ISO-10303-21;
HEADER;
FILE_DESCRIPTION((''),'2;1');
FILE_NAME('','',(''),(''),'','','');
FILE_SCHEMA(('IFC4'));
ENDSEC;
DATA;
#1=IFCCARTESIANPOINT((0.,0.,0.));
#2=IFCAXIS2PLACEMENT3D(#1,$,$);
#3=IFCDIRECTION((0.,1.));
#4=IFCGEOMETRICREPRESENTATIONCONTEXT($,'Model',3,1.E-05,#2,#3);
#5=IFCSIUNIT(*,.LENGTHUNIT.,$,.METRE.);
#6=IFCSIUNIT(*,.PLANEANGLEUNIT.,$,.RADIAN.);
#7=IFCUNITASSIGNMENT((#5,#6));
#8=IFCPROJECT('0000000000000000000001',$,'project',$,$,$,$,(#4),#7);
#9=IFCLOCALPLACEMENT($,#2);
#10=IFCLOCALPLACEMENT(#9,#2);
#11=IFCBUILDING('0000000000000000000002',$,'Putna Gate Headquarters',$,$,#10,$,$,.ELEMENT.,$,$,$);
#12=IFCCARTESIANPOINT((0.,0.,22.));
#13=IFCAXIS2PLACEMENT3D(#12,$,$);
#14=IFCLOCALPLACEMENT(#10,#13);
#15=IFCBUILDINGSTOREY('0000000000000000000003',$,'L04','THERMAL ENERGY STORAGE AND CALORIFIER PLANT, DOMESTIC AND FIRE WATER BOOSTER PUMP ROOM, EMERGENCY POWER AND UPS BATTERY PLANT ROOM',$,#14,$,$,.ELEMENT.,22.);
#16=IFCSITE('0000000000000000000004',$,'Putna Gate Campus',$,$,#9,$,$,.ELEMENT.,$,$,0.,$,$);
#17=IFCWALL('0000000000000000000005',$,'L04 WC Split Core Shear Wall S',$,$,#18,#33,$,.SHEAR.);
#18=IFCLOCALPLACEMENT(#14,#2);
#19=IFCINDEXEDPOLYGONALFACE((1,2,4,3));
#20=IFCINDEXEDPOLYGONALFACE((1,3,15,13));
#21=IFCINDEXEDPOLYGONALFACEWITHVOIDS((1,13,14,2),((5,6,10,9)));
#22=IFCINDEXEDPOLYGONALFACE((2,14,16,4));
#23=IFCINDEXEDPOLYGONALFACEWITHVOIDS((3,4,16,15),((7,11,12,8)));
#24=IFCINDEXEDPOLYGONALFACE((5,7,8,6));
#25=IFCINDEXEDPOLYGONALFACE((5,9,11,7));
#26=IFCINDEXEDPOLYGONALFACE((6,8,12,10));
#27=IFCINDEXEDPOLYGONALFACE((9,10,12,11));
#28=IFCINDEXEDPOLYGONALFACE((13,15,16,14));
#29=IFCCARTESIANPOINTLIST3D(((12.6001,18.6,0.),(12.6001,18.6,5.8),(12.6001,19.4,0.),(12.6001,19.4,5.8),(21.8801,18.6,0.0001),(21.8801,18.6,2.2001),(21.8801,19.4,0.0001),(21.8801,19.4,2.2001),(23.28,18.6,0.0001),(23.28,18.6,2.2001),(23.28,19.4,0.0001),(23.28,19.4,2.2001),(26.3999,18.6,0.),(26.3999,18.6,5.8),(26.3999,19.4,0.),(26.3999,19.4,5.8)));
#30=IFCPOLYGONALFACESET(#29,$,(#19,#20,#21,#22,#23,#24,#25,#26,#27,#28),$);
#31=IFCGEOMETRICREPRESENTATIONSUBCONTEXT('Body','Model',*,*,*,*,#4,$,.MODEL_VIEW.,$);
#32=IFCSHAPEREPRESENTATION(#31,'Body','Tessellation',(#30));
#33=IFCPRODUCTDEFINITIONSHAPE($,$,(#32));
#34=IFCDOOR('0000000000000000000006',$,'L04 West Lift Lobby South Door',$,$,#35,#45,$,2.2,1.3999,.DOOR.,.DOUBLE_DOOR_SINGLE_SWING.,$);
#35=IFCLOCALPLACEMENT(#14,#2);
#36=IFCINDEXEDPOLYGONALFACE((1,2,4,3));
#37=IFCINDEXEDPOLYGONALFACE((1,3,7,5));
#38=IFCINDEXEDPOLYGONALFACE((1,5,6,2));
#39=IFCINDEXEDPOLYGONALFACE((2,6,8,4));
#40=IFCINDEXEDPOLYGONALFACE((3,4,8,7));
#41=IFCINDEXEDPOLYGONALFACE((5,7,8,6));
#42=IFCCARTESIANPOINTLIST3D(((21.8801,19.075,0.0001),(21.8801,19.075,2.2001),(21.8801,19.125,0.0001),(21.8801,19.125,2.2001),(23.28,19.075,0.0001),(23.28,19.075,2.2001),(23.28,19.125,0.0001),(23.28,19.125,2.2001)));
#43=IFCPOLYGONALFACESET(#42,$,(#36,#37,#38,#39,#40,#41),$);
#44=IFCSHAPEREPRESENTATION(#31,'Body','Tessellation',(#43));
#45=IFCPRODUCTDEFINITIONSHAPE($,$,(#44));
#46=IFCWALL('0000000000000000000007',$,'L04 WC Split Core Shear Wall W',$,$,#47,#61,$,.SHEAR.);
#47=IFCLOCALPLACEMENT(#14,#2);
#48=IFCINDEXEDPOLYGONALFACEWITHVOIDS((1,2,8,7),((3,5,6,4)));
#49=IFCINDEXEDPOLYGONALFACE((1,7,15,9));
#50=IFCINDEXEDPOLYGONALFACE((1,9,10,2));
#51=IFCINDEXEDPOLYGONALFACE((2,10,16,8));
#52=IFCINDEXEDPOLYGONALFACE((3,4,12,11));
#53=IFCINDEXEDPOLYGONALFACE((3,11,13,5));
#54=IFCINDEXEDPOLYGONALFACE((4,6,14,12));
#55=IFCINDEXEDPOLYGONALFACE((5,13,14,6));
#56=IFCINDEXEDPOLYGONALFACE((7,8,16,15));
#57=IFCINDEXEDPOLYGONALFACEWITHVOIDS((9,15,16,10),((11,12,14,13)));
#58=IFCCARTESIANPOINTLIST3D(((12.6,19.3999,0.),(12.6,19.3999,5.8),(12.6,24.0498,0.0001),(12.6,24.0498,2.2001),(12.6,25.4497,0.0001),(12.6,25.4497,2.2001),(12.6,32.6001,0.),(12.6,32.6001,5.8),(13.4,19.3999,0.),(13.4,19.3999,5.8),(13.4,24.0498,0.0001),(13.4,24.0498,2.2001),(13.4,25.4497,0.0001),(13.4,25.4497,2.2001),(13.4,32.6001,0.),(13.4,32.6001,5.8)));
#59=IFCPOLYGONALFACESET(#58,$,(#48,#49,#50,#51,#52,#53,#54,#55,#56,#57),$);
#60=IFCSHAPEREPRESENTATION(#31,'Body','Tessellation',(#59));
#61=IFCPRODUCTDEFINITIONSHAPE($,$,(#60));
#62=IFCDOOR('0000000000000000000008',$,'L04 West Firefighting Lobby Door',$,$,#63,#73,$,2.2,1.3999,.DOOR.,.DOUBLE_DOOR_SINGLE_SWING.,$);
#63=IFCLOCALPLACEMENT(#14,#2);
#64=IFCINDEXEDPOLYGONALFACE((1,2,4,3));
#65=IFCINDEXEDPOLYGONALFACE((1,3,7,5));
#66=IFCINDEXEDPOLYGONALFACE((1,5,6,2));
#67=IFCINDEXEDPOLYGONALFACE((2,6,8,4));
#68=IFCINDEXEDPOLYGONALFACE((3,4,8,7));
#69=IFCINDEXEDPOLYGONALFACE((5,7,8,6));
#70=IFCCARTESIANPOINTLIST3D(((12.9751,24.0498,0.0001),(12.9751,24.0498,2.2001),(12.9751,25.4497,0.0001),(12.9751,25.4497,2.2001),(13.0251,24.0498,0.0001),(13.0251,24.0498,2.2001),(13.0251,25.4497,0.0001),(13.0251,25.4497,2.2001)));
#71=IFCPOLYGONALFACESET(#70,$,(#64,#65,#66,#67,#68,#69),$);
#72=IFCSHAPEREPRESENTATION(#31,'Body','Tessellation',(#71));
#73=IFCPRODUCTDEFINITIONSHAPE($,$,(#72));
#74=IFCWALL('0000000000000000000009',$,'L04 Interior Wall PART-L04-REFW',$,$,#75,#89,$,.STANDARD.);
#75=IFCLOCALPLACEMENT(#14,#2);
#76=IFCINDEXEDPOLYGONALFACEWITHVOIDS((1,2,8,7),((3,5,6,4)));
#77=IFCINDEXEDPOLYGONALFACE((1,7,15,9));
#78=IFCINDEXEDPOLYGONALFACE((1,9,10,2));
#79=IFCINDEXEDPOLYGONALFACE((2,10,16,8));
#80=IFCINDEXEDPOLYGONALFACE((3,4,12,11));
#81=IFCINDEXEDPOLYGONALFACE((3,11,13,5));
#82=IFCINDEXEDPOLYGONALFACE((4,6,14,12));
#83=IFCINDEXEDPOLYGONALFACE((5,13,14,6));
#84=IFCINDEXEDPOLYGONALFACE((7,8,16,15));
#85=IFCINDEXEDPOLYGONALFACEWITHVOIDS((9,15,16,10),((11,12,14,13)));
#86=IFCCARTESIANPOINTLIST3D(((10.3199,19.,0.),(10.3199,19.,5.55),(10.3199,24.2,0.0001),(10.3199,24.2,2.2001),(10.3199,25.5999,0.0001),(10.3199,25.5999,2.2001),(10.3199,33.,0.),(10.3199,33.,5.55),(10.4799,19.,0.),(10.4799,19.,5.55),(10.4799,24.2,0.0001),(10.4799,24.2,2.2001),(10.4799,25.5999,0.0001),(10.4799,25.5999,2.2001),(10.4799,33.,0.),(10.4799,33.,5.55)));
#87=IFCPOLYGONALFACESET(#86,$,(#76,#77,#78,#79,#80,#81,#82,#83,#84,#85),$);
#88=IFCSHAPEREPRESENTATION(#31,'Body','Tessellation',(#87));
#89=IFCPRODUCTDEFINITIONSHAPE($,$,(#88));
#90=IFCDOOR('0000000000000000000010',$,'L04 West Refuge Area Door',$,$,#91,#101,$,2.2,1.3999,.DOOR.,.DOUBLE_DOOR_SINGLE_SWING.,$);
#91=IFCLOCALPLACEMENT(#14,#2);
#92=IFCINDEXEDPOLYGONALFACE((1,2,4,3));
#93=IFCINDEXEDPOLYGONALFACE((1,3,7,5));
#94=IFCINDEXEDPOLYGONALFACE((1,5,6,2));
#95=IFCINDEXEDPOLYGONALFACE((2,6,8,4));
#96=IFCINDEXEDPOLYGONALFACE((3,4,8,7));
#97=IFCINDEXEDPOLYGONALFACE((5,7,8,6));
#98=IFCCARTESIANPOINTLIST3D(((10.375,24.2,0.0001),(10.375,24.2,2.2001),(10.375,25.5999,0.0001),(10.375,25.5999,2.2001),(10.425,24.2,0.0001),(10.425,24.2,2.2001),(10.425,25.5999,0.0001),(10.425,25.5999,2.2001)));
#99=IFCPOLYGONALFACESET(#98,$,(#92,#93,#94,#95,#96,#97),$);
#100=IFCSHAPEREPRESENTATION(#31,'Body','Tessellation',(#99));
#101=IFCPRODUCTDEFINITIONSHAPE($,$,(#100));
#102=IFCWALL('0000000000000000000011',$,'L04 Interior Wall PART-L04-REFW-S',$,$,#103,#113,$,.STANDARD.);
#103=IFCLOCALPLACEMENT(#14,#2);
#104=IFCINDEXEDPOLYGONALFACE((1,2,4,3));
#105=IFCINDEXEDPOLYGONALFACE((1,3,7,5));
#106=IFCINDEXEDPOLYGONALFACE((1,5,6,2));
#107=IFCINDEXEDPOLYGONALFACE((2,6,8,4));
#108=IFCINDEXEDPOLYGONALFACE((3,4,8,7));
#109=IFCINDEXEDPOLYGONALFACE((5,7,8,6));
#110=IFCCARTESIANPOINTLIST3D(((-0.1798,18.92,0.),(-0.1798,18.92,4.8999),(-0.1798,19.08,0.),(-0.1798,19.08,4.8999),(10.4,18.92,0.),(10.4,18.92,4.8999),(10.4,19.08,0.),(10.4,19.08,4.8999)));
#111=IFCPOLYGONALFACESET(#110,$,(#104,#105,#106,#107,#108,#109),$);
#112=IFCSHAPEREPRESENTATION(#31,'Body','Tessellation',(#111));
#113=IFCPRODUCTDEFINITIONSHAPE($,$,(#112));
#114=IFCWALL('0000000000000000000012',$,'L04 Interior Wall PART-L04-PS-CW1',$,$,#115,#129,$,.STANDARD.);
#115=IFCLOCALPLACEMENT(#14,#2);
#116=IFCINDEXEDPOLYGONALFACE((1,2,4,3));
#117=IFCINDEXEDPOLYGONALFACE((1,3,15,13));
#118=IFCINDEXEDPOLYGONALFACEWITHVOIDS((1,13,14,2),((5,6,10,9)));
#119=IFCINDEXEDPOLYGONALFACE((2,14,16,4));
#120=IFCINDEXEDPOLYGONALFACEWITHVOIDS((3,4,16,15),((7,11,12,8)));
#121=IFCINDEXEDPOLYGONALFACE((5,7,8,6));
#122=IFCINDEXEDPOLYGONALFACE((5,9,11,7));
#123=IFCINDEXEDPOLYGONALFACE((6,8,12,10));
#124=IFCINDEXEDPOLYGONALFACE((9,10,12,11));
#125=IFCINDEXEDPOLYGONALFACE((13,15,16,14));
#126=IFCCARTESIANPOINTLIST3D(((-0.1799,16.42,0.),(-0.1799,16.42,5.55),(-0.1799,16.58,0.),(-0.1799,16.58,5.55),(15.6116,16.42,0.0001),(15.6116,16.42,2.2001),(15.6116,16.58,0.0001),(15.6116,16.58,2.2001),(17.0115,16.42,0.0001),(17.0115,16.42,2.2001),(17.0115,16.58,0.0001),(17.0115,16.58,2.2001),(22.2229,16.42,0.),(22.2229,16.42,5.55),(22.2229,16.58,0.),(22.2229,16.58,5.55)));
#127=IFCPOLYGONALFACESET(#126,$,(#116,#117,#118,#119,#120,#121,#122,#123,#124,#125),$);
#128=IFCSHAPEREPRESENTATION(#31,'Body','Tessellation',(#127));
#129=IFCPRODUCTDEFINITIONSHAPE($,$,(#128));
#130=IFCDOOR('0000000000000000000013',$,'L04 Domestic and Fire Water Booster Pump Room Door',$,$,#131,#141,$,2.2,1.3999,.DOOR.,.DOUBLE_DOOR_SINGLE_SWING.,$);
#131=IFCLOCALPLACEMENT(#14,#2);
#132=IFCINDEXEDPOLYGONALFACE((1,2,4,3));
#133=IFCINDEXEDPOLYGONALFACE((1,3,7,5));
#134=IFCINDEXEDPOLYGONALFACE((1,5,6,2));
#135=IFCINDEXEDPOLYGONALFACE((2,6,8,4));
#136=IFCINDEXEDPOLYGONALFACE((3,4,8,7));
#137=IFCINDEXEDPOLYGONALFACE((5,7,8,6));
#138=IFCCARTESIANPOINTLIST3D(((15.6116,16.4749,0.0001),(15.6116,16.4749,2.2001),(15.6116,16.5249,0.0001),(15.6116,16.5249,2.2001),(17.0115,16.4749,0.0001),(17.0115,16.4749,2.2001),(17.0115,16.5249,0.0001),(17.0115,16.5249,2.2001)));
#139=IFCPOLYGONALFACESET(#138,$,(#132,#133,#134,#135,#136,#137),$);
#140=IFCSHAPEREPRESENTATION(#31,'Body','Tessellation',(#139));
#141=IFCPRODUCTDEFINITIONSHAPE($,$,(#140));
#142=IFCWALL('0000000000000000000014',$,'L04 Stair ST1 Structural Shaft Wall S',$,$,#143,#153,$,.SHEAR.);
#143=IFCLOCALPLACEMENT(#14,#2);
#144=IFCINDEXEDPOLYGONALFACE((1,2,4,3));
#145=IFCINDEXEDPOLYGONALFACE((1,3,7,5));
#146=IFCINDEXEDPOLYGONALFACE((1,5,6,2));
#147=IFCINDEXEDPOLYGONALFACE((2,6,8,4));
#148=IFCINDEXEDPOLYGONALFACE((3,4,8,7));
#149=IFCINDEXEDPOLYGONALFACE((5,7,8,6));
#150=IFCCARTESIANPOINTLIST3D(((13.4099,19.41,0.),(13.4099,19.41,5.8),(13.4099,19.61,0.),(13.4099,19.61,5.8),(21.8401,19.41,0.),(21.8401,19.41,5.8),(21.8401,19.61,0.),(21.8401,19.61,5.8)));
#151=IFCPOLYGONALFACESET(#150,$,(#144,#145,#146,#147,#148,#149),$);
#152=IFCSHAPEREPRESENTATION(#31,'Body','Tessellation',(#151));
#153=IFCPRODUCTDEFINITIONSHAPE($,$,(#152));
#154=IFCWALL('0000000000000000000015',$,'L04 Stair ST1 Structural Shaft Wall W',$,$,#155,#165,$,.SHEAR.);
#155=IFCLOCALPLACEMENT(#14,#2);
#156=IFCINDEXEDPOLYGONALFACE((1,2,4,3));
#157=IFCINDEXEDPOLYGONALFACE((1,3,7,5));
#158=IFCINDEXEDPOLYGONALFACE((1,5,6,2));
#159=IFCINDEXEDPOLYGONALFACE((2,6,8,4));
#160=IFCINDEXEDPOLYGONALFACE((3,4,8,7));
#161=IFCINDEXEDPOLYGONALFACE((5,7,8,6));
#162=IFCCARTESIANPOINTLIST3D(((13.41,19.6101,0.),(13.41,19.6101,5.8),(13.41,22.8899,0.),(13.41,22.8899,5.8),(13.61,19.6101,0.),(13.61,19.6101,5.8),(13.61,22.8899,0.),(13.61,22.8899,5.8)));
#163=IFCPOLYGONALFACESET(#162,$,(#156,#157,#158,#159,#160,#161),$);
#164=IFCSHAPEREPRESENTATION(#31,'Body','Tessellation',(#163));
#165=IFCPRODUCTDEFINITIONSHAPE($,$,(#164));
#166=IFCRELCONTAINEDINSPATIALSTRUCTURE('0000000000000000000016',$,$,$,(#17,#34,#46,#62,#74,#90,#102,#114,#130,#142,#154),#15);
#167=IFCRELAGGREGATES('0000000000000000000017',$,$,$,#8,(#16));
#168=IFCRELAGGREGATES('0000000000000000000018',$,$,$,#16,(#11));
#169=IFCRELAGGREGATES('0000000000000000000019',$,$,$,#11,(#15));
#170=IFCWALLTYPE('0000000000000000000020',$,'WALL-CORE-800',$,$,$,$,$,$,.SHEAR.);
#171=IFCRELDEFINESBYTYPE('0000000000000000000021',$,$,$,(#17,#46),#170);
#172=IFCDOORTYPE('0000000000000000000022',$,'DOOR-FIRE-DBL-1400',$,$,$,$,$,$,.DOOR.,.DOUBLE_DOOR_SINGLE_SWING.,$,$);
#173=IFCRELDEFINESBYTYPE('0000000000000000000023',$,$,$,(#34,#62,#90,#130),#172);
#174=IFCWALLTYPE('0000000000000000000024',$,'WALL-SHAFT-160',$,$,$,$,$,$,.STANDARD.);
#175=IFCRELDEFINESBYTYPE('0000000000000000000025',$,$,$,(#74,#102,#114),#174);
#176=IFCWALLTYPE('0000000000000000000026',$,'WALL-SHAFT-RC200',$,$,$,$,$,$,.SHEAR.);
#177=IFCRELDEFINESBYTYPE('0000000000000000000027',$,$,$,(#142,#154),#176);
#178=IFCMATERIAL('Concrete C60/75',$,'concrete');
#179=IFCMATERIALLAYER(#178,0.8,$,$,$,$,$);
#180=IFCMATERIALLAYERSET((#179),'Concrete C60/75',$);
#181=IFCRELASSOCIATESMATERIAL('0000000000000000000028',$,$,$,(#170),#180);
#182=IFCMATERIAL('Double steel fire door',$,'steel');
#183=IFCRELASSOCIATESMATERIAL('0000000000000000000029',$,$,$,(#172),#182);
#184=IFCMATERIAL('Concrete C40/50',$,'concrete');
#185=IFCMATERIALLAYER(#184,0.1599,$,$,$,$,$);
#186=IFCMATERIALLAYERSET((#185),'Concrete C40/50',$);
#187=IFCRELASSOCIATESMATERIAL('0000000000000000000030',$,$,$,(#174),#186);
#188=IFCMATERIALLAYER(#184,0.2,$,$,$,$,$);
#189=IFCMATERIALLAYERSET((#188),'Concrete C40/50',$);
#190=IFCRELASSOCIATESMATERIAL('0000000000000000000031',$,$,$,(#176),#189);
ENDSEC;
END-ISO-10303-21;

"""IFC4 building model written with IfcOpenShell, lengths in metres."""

from ifc_helpers import new_model, si_unit, direction, frame, frame_2d, origin, place, context, subcontext, project, spatial, rectangle, extrude, material, layer, layer_set, type_object, element, fill, save


model = new_model("IFC4")

# Units and contexts
model_context = context("Model", 3, precision=1e-05, world=origin(), true_north=direction((0.0, 1.0)))
body_context = subcontext(model_context, "Body", "Model", "MODEL_VIEW")
ifc_project = project(units=[si_unit("LENGTHUNIT", "METRE"), si_unit("PLANEANGLEUNIT", "RADIAN")], contexts=[model_context])

# Site, building, storey
site_placement = place(None, origin())
site = spatial("IfcSite", under=ifc_project, at=site_placement, Name="Putna Gate Campus", CompositionType="ELEMENT", RefElevation=0.0)
building_placement = place(site_placement, origin())
building = spatial("IfcBuilding", under=site, at=building_placement, Name="Putna Gate Headquarters", CompositionType="ELEMENT")
storey_placement = place(building_placement, frame((0.0, 0.0, 22.0)))
storey = spatial("IfcBuildingStorey", under=building, at=storey_placement, Name="L04", Description="THERMAL ENERGY STORAGE AND CALORIFIER PLANT, DOMESTIC AND FIRE WATER BOOSTER PUMP ROOM, EMERGENCY POWER AND UPS BATTERY PLANT ROOM", CompositionType="ELEMENT", Elevation=22.0)

# Shared definitions
ifc_material_1 = material(Name="Concrete C60/75", Category="concrete")

# Walls, openings, doors
ifc_layer_1 = layer(ifc_material_1, 0.8)
ifc_layer_set_1 = layer_set([ifc_layer_1], Name="Concrete C60/75")
wall_type_1 = type_object("IfcWallType", Name="WALL-CORE-800", PredefinedType="SHEAR", material=ifc_layer_set_1)
wall_1_placement = place(storey_placement, frame((12.6001, 19.0, 0.0), z_axis=(0.0, 0.0, 1.0), x_axis=(1.0, 0.0, 0.0)))
wall_1 = element("IfcWall", 1, at=wall_1_placement, inside=storey, type_object=wall_type_1, Name="L04 WC Split Core Shear Wall S", PredefinedType="SHEAR", context=body_context, shape_type="SweptSolid", body=[
    extrude(rectangle(XDim=13.7998, YDim=0.8, at=frame_2d((6.8999, 0.0))), origin(), (0.0, 0.0, 1.0), 5.8),
])
opening_1_placement = place(wall_1_placement, frame((9.28, 0.0, 0.0)))
opening_1 = element("IfcOpeningElement", 2, at=opening_1_placement, cuts=wall_1, PredefinedType="OPENING", context=body_context, shape_type="SweptSolid", body=[
    extrude(rectangle(XDim=1.3999, YDim=2.2, at=frame_2d((0.7, 1.1001))), frame((0.0, 0.4099, 0.0), z_axis=(0.0, -1.0, 0.0), x_axis=(1.0, 0.0, 0.0)), (0.0, 0.0, 1.0), 0.8201),
])
ifc_material_2 = material(Name="Double steel fire door", Category="steel")
door_type = type_object("IfcDoorType", Name="DOOR-FIRE-DBL-1400", OperationType="DOUBLE_DOOR_SINGLE_SWING", PredefinedType="DOOR", material=ifc_material_2)
door_1_placement = place(opening_1_placement, origin())
door_1 = element("IfcDoor", 3, at=door_1_placement, inside=storey, type_object=door_type, Name="L04 West Lift Lobby South Door", OperationType="DOUBLE_DOOR_SINGLE_SWING", OverallHeight=2.2, OverallWidth=1.3999, PredefinedType="DOOR", context=body_context, shape_type="SweptSolid", body=[
    extrude(rectangle(XDim=1.3999, YDim=2.2, at=frame_2d((0.7, 1.1001))), frame((0.0, 0.125, 0.0), z_axis=(0.0, -1.0, 0.0), x_axis=(1.0, 0.0, 0.0)), (0.0, 0.0, 1.0), 0.05),
])
fill(opening_1, door_1)
wall_2_placement = place(storey_placement, frame((13.0, 19.3999, 0.0), z_axis=(0.0, 0.0, 1.0), x_axis=(0.0, 1.0, 0.0)))
wall_2 = element("IfcWall", 4, at=wall_2_placement, inside=storey, type_object=wall_type_1, Name="L04 WC Split Core Shear Wall W", PredefinedType="SHEAR", context=body_context, shape_type="SweptSolid", body=[
    extrude(rectangle(XDim=13.2002, YDim=0.8, at=frame_2d((6.6001, 0.0))), origin(), (0.0, 0.0, 1.0), 5.8),
])
opening_2_placement = place(wall_2_placement, frame((4.6499, 0.0, 0.0)))
opening_2 = element("IfcOpeningElement", 5, at=opening_2_placement, cuts=wall_2, PredefinedType="OPENING", context=body_context, shape_type="SweptSolid", body=[
    extrude(rectangle(XDim=1.3999, YDim=2.2, at=frame_2d((0.7, 1.1001))), frame((0.0, 0.4099, 0.0), z_axis=(0.0, -1.0, 0.0), x_axis=(1.0, 0.0, 0.0)), (0.0, 0.0, 1.0), 0.8201),
])
door_2_placement = place(opening_2_placement, origin())
door_2 = element("IfcDoor", 6, at=door_2_placement, inside=storey, type_object=door_type, Name="L04 West Firefighting Lobby Door", OperationType="DOUBLE_DOOR_SINGLE_SWING", OverallHeight=2.2, OverallWidth=1.3999, PredefinedType="DOOR", context=body_context, shape_type="SweptSolid", body=[
    extrude(rectangle(XDim=1.3999, YDim=2.2, at=frame_2d((0.7, 1.1001))), frame((0.0, 0.0249, 0.0), z_axis=(0.0, -1.0, 0.0), x_axis=(1.0, 0.0, 0.0)), (0.0, 0.0, 1.0), 0.05),
])
fill(opening_2, door_2)
ifc_material_3 = material(Name="Concrete C40/50", Category="concrete")
ifc_layer_2 = layer(ifc_material_3, 0.1599)
ifc_layer_set_2 = layer_set([ifc_layer_2], Name="Concrete C40/50")
wall_type_2 = type_object("IfcWallType", Name="WALL-SHAFT-160", PredefinedType="STANDARD", material=ifc_layer_set_2)
wall_3_placement = place(storey_placement, frame((10.3999, 19.0, 0.0), z_axis=(0.0, 0.0, 1.0), x_axis=(0.0, 1.0, 0.0)))
wall_3 = element("IfcWall", 7, at=wall_3_placement, inside=storey, type_object=wall_type_2, Name="L04 Interior Wall PART-L04-REFW", PredefinedType="STANDARD", context=body_context, shape_type="SweptSolid", body=[
    extrude(rectangle(XDim=14.0, YDim=0.1599, at=frame_2d((7.0, 0.0))), origin(), (0.0, 0.0, 1.0), 5.55),
])
opening_3_placement = place(wall_3_placement, frame((5.2, 0.0, 0.0)))
opening_3 = element("IfcOpeningElement", 8, at=opening_3_placement, cuts=wall_3, PredefinedType="OPENING", context=body_context, shape_type="SweptSolid", body=[
    extrude(rectangle(XDim=1.3999, YDim=2.2, at=frame_2d((0.7, 1.1001))), frame((0.0, 0.0898, 0.0), z_axis=(0.0, -1.0, 0.0), x_axis=(1.0, 0.0, 0.0)), (0.0, 0.0, 1.0), 0.1799),
])
door_3_placement = place(opening_3_placement, origin())
door_3 = element("IfcDoor", 9, at=door_3_placement, inside=storey, type_object=door_type, Name="L04 West Refuge Area Door", OperationType="DOUBLE_DOOR_SINGLE_SWING", OverallHeight=2.2, OverallWidth=1.3999, PredefinedType="DOOR", context=body_context, shape_type="SweptSolid", body=[
    extrude(rectangle(XDim=1.3999, YDim=2.2, at=frame_2d((0.7, 1.1001))), frame((0.0, 0.0249, 0.0), z_axis=(0.0, -1.0, 0.0), x_axis=(1.0, 0.0, 0.0)), (0.0, 0.0, 1.0), 0.05),
])
fill(opening_3, door_3)

# Wall
wall_4_placement = place(storey_placement, frame((-0.1799, 19.0, 0.0), z_axis=(0.0, 0.0, 1.0), x_axis=(1.0, 0.0, 0.0)))
element("IfcWall", 10, at=wall_4_placement, inside=storey, type_object=wall_type_2, Name="L04 Interior Wall PART-L04-REFW-S", PredefinedType="STANDARD", context=body_context, shape_type="SweptSolid", body=[
    extrude(rectangle(XDim=10.5798, YDim=0.1599, at=frame_2d((5.29, 0.0))), origin(), (0.0, 0.0, 1.0), 4.8999),
])

# Wall, opening, door
wall_5_placement = place(storey_placement, frame((-0.1799, 16.5, 0.0), z_axis=(0.0, 0.0, 1.0), x_axis=(1.0, 0.0, 0.0)))
wall_5 = element("IfcWall", 11, at=wall_5_placement, inside=storey, type_object=wall_type_2, Name="L04 Interior Wall PART-L04-PS-CW1", PredefinedType="STANDARD", context=body_context, shape_type="SweptSolid", body=[
    extrude(rectangle(XDim=22.4028, YDim=0.1599, at=frame_2d((11.2014, 0.0))), origin(), (0.0, 0.0, 1.0), 5.55),
])
opening_4_placement = place(wall_5_placement, frame((15.7915, 0.0, 0.0)))
opening_4 = element("IfcOpeningElement", 12, at=opening_4_placement, cuts=wall_5, PredefinedType="OPENING", context=body_context, shape_type="SweptSolid", body=[
    extrude(rectangle(XDim=1.3999, YDim=2.2, at=frame_2d((0.7, 1.1001))), frame((0.0, 0.0898, 0.0), z_axis=(0.0, -1.0, 0.0), x_axis=(1.0, 0.0, 0.0)), (0.0, 0.0, 1.0), 0.1799),
])
door_4_placement = place(opening_4_placement, origin())
door_4 = element("IfcDoor", 13, at=door_4_placement, inside=storey, type_object=door_type, Name="L04 Domestic and Fire Water Booster Pump Room Door", OperationType="DOUBLE_DOOR_SINGLE_SWING", OverallHeight=2.2, OverallWidth=1.3999, PredefinedType="DOOR", context=body_context, shape_type="SweptSolid", body=[
    extrude(rectangle(XDim=1.3999, YDim=2.2, at=frame_2d((0.7, 1.1001))), frame((0.0, 0.0249, 0.0), z_axis=(0.0, -1.0, 0.0), x_axis=(1.0, 0.0, 0.0)), (0.0, 0.0, 1.0), 0.05),
])
fill(opening_4, door_4)

# Walls
ifc_layer_3 = layer(ifc_material_3, 0.2)
ifc_layer_set_3 = layer_set([ifc_layer_3], Name="Concrete C40/50")
wall_type_3 = type_object("IfcWallType", Name="WALL-SHAFT-RC200", PredefinedType="SHEAR", material=ifc_layer_set_3)
wall_6_placement = place(storey_placement, frame((13.4099, 19.51, 0.0), z_axis=(0.0, 0.0, 1.0), x_axis=(1.0, 0.0, 0.0)))
element("IfcWall", 14, at=wall_6_placement, inside=storey, type_object=wall_type_3, Name="L04 Stair ST1 Structural Shaft Wall S", PredefinedType="SHEAR", context=body_context, shape_type="SweptSolid", body=[
    extrude(rectangle(XDim=8.4302, YDim=0.2, at=frame_2d((4.2151, 0.0))), origin(), (0.0, 0.0, 1.0), 5.8),
])
wall_7_placement = place(storey_placement, frame((13.51, 19.6101, 0.0), z_axis=(0.0, 0.0, 1.0), x_axis=(0.0, 1.0, 0.0)))
element("IfcWall", 15, at=wall_7_placement, inside=storey, type_object=wall_type_3, Name="L04 Stair ST1 Structural Shaft Wall W", PredefinedType="SHEAR", context=body_context, shape_type="SweptSolid", body=[
    extrude(rectangle(XDim=3.2798, YDim=0.2, at=frame_2d((1.6399, 0.0))), origin(), (0.0, 0.0, 1.0), 5.8),
])

save(model, "model.ifc")
